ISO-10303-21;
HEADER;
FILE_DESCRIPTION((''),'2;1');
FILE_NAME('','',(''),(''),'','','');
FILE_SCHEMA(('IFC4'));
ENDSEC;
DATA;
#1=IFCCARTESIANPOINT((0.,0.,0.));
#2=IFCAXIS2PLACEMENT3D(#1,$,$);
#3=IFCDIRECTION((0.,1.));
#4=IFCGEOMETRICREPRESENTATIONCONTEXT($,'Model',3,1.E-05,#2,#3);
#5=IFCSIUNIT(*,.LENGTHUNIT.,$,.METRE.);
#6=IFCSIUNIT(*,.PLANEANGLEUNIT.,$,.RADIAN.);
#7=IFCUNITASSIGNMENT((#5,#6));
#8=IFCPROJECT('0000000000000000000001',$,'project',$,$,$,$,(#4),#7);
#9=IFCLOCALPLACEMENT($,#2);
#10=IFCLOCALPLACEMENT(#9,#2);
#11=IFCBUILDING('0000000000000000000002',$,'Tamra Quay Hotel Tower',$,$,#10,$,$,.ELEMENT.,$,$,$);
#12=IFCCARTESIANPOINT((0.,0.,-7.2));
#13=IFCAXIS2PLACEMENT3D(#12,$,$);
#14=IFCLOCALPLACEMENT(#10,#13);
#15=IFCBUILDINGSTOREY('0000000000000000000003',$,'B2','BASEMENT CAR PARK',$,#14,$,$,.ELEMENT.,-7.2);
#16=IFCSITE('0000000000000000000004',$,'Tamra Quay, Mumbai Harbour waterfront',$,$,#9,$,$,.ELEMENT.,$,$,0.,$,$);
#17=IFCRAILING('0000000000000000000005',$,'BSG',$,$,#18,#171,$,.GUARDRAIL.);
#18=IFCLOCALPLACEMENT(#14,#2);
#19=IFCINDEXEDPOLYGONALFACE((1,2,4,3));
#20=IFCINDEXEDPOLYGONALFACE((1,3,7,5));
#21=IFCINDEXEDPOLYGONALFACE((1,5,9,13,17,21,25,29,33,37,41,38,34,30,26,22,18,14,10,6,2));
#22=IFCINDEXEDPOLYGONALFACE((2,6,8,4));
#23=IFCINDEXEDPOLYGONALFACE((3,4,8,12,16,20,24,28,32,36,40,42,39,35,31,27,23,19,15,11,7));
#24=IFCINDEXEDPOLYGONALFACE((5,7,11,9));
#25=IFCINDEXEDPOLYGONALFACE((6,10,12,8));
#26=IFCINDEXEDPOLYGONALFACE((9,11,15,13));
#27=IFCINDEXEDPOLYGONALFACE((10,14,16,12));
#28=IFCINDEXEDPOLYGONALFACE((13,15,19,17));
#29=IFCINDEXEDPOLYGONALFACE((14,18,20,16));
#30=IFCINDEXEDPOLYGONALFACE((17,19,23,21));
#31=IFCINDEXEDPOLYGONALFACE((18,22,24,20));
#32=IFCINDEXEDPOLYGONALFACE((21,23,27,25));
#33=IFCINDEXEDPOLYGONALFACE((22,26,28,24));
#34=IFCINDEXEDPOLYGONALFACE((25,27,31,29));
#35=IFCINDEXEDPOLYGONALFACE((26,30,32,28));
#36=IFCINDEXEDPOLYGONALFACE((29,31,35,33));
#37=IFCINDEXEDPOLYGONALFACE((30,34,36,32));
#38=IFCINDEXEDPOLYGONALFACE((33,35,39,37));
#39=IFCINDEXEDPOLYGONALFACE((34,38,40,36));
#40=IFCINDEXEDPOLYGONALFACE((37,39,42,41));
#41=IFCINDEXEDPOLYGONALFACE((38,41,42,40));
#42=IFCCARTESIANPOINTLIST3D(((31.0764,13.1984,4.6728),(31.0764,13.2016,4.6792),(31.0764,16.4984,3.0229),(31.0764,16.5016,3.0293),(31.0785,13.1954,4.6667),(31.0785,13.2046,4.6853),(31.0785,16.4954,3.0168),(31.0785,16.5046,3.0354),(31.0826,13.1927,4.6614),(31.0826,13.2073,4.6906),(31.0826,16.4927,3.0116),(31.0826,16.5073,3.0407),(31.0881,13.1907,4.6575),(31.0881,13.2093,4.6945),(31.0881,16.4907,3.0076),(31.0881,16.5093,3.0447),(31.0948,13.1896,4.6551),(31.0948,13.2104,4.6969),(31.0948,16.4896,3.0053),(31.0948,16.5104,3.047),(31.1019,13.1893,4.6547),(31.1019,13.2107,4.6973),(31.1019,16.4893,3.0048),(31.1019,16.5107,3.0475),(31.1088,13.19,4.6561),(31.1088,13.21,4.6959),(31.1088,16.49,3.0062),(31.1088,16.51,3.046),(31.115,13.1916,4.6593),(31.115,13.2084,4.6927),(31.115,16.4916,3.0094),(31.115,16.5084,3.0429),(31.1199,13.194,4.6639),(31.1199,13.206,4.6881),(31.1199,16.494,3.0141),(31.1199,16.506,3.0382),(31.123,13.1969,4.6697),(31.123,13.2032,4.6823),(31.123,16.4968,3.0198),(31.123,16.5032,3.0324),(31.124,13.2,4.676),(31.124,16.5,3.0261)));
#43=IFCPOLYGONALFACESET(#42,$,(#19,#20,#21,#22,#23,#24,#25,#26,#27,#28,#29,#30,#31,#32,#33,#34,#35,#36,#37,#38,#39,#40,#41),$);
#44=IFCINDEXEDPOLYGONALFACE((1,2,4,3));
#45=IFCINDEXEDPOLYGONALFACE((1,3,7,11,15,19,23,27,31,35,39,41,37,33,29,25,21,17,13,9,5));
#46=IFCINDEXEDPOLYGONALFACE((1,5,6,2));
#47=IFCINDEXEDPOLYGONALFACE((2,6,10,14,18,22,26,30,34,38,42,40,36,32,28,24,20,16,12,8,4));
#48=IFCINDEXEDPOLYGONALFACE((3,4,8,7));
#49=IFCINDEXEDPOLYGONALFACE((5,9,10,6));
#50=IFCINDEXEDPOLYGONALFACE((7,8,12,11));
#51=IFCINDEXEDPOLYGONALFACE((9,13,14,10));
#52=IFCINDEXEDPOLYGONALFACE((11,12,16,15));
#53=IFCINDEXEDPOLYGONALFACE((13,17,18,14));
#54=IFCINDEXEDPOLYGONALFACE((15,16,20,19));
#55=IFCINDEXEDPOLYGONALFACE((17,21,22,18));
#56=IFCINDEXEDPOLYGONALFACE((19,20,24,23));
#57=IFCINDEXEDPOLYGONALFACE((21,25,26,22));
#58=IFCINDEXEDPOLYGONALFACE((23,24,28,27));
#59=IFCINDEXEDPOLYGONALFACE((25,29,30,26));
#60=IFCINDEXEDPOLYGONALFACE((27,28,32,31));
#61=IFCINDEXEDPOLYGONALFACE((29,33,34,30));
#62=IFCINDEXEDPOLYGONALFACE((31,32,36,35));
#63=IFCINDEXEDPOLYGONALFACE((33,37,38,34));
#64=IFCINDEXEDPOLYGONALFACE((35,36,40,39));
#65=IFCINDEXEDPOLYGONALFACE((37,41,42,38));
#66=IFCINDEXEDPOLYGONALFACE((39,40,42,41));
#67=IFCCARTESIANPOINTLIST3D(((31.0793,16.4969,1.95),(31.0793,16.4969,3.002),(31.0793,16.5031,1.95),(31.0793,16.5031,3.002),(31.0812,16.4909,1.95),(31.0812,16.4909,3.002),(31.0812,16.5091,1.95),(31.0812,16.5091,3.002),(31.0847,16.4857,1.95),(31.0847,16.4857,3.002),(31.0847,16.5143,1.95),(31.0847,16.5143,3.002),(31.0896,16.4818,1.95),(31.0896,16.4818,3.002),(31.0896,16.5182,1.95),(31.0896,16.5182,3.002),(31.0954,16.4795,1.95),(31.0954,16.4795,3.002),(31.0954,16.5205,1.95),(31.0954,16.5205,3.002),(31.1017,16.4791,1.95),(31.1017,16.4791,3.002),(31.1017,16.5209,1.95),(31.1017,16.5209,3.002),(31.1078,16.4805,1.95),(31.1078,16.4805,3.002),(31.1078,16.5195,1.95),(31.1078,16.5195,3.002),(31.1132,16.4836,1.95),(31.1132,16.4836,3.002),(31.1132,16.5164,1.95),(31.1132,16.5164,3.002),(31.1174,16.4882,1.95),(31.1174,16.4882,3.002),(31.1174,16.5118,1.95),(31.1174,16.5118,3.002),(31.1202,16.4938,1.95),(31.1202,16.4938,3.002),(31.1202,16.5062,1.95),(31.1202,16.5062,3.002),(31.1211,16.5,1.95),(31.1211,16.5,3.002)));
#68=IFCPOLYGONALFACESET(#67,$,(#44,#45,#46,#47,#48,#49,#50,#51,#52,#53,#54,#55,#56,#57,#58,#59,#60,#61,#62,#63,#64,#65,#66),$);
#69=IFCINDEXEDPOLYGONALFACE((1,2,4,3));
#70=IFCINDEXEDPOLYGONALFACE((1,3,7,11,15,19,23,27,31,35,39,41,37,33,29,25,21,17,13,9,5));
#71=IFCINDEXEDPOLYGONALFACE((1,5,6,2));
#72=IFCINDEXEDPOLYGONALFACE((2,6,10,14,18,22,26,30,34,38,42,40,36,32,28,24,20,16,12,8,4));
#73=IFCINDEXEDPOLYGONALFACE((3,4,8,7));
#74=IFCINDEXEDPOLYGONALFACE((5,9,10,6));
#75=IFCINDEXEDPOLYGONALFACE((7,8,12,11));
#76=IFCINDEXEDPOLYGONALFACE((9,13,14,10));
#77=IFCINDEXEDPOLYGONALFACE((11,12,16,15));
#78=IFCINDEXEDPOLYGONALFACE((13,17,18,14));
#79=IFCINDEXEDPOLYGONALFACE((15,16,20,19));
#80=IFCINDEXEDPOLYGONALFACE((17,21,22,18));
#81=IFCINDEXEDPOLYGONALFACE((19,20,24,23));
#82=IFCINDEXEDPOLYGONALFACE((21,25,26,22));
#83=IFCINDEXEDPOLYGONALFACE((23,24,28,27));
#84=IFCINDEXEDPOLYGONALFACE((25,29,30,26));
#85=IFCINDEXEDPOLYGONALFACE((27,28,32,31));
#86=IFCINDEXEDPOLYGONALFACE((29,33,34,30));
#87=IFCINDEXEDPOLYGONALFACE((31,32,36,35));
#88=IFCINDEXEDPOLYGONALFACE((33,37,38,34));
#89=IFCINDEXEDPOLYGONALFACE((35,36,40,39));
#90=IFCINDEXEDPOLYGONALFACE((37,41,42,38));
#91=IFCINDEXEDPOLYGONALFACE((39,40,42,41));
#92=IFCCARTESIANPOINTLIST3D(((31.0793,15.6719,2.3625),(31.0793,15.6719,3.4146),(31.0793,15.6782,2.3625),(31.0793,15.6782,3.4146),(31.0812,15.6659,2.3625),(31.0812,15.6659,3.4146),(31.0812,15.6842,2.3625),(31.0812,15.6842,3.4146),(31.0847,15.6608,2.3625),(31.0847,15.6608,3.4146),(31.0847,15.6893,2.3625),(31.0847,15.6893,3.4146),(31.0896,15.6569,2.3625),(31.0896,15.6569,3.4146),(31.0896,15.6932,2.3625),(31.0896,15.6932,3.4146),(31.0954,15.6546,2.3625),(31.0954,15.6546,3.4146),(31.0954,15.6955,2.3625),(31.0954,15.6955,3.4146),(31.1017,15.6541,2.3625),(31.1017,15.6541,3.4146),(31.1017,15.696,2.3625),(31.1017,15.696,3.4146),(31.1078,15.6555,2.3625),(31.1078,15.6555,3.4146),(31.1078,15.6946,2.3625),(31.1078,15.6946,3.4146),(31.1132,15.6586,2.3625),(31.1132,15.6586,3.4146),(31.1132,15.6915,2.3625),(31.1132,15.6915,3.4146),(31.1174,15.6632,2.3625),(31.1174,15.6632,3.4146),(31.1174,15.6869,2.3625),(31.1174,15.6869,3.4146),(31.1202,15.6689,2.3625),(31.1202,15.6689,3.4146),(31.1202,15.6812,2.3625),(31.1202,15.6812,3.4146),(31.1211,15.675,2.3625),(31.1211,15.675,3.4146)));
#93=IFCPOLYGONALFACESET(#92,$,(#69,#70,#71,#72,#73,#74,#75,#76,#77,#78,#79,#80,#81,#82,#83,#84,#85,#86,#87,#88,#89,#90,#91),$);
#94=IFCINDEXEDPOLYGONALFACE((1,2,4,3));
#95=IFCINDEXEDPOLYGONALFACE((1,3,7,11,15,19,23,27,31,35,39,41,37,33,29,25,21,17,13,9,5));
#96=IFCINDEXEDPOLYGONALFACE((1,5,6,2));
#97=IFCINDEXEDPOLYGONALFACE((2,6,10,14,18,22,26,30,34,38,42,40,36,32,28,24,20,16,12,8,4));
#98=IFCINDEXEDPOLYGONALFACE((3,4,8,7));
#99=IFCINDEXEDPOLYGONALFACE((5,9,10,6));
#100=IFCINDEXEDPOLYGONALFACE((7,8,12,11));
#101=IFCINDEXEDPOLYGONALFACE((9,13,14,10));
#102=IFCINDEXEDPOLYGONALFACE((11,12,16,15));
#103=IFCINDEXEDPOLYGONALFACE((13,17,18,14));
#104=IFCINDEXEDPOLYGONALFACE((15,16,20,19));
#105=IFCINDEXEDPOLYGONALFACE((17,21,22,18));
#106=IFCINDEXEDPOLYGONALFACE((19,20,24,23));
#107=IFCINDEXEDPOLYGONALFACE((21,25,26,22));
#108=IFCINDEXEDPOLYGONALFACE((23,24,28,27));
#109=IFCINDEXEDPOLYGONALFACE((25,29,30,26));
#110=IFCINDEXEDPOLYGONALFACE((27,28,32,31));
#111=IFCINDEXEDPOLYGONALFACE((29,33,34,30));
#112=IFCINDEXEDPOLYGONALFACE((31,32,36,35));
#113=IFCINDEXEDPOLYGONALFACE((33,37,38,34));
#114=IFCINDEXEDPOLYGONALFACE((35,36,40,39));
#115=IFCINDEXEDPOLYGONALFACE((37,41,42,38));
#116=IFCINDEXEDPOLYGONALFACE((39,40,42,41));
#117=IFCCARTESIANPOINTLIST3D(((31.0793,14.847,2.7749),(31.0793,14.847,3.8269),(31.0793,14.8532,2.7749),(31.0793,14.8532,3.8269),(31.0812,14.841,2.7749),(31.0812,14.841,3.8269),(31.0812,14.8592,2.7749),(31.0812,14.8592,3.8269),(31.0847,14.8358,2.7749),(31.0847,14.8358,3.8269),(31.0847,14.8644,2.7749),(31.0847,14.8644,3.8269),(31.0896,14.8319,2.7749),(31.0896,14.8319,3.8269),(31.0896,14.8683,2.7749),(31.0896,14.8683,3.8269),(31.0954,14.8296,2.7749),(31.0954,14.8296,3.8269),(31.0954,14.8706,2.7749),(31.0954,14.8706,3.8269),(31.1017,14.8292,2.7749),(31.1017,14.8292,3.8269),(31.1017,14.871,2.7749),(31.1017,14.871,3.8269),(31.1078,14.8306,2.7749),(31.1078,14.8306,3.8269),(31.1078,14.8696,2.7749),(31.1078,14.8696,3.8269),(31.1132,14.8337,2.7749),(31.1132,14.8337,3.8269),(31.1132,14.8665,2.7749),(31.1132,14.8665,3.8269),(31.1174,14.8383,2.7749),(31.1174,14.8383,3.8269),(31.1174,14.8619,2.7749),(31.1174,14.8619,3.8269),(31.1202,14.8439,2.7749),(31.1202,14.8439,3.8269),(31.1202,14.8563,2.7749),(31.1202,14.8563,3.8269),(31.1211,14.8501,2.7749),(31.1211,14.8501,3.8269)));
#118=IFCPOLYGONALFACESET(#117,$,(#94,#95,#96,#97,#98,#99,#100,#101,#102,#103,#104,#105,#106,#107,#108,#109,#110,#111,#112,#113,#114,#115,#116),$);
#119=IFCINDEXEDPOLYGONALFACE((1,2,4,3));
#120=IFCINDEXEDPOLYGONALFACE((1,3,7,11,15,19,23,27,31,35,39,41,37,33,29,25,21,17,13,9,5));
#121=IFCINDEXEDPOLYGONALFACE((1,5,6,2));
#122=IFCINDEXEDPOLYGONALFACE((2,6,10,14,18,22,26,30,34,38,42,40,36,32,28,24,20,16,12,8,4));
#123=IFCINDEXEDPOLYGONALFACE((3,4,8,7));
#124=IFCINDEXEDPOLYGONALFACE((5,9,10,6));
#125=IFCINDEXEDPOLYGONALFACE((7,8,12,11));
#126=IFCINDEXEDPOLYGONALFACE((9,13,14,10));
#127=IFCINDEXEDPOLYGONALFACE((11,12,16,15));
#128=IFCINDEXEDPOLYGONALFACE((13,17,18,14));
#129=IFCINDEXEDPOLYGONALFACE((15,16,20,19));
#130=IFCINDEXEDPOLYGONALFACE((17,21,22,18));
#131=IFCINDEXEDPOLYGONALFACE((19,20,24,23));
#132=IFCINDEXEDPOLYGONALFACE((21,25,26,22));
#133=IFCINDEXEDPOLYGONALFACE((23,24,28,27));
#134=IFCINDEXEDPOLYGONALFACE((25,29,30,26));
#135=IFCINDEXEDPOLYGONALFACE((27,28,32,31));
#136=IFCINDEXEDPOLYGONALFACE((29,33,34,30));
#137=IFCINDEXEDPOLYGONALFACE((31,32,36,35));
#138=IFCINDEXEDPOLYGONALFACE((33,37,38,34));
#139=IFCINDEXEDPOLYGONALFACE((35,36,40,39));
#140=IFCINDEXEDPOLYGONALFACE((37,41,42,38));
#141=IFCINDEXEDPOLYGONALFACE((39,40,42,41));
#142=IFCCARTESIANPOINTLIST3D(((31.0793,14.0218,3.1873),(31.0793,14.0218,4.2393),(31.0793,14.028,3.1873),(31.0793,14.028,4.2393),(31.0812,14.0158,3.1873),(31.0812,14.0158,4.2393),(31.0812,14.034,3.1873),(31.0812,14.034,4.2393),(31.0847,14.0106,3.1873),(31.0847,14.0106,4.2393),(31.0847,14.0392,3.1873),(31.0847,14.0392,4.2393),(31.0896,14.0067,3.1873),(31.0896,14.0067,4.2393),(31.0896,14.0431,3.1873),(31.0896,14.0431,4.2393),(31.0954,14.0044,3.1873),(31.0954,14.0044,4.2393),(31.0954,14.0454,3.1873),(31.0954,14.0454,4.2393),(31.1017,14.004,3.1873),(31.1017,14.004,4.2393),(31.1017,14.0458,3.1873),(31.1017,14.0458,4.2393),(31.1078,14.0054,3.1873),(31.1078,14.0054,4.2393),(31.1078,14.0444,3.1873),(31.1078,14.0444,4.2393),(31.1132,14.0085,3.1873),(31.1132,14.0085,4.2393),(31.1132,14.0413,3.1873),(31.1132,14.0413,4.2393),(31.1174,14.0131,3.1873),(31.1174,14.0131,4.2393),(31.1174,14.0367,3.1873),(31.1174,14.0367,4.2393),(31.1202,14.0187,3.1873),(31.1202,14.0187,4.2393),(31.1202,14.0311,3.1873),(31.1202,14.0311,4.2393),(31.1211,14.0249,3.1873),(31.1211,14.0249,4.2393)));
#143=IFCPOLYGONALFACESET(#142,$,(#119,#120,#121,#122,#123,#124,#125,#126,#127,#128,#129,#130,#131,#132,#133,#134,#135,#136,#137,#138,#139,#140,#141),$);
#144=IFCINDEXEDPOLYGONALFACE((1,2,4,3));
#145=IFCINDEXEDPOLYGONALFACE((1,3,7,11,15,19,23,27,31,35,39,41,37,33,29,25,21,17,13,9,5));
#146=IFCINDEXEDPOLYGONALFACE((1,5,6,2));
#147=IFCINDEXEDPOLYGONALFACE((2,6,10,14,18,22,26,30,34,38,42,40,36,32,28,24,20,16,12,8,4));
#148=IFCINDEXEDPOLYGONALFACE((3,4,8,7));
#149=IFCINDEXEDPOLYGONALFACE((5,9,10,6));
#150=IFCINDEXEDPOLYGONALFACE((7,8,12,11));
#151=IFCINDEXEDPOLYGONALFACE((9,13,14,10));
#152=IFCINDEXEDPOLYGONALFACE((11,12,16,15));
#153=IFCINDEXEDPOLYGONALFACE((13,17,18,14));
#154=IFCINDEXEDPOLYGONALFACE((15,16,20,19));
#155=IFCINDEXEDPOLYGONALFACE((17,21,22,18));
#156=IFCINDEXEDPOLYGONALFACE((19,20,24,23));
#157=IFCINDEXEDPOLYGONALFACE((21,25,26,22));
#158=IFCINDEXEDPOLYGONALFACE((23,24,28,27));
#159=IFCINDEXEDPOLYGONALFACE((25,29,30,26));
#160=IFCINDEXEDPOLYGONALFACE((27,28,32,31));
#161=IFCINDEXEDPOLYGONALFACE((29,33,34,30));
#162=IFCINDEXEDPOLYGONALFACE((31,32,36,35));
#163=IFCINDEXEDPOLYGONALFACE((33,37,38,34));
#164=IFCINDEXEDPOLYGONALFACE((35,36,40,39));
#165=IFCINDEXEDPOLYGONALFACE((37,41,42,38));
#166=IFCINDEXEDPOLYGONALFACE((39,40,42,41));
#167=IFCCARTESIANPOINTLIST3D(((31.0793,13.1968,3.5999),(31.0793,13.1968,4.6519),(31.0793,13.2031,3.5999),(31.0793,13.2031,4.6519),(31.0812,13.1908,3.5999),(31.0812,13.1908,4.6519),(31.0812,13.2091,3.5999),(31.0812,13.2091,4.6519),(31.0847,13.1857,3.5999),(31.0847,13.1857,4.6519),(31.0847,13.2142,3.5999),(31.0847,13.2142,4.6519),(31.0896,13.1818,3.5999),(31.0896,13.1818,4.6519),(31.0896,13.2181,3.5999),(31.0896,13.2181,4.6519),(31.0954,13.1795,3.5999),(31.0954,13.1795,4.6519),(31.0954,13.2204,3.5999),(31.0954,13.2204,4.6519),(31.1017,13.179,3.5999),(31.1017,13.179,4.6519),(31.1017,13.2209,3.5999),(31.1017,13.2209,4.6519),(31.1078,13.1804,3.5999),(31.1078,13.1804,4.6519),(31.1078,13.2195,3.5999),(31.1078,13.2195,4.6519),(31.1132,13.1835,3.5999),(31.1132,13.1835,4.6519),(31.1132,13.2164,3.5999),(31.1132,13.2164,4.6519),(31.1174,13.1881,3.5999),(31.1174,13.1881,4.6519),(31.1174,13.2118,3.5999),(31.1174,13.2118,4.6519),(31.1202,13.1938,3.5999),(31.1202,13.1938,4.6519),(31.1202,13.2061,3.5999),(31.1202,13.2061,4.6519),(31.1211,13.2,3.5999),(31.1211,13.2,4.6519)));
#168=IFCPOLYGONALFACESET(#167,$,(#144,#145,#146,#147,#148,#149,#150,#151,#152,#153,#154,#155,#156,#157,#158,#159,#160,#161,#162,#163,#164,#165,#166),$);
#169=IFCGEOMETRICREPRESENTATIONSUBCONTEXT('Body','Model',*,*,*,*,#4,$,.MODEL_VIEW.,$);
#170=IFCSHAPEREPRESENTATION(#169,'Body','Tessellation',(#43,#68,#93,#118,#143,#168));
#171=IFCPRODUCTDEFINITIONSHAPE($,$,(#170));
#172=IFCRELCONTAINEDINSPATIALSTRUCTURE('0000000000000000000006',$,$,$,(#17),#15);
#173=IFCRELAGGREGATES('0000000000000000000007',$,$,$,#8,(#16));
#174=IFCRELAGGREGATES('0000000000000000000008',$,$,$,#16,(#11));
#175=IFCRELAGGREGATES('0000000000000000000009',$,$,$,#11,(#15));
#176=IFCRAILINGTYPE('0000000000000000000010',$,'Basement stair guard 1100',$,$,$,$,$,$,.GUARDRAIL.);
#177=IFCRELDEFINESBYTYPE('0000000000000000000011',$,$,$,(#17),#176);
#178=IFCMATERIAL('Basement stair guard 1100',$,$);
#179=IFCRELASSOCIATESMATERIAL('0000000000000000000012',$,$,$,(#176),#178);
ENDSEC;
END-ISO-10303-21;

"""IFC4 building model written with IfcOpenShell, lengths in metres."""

from ifc_helpers import new_model, si_unit, direction, frame, origin, origin_2d, place, context, subcontext, project, spatial, circle, extrude, material, type_object, element, save


model = new_model("IFC4")

# Units and contexts
model_context = context("Model", 3, precision=1e-05, world=origin(), true_north=direction((0.0, 1.0)))
body_context = subcontext(model_context, "Body", "Model", "MODEL_VIEW")
ifc_project = project(units=[si_unit("LENGTHUNIT", "METRE"), si_unit("PLANEANGLEUNIT", "RADIAN")], contexts=[model_context])

# Site, building, storey
site_placement = place(None, origin())
site = spatial("IfcSite", under=ifc_project, at=site_placement, Name="Tamra Quay, Mumbai Harbour waterfront", CompositionType="ELEMENT", RefElevation=0.0)
building_placement = place(site_placement, origin())
building = spatial("IfcBuilding", under=site, at=building_placement, Name="Tamra Quay Hotel Tower", CompositionType="ELEMENT")
storey_placement = place(building_placement, frame((0.0, 0.0, -7.2)))
storey = spatial("IfcBuildingStorey", under=building, at=storey_placement, Name="B2", Description="BASEMENT CAR PARK", CompositionType="ELEMENT", Elevation=-7.2)

# Railing
ifc_material_1 = material(Name="Basement stair guard 1100")
railing_type_1 = type_object("IfcRailingType", Name="Basement stair guard 1100", PredefinedType="GUARDRAIL", material=ifc_material_1)
railing_1_placement = place(storey_placement, frame((31.1001, 16.5, 1.95)))
element("IfcRailing", 1, at=railing_1_placement, inside=storey, type_object=railing_type_1, Name="BSG", PredefinedType="GUARDRAIL", context=body_context, shape_type="SweptSolid", body=[
    extrude(circle(Radius=0.0239, at=origin_2d()), frame((0.0, 0.0, 1.0762), z_axis=(0.0, -0.89444, 0.447187), x_axis=(1.0, 0.0, 0.0)), (0.0, 0.0, 1.0), 3.6895),
    extrude(circle(Radius=0.021, at=origin_2d()), origin(), (0.0, 0.0, 1.0), 1.052),
    extrude(circle(Radius=0.021, at=origin_2d()), frame((0.0, -0.825, 0.4126)), (0.0, 0.0, 1.0), 1.052),
    extrude(circle(Radius=0.021, at=origin_2d()), frame((0.0, -1.6499, 0.825)), (0.0, 0.0, 1.0), 1.052),
    extrude(circle(Radius=0.021, at=origin_2d()), frame((0.0, -2.4751, 1.2373)), (0.0, 0.0, 1.0), 1.052),
    extrude(circle(Radius=0.021, at=origin_2d()), frame((0.0, -3.3, 1.6499)), (0.0, 0.0, 1.0), 1.052),
])

save(model, "model.ifc")
